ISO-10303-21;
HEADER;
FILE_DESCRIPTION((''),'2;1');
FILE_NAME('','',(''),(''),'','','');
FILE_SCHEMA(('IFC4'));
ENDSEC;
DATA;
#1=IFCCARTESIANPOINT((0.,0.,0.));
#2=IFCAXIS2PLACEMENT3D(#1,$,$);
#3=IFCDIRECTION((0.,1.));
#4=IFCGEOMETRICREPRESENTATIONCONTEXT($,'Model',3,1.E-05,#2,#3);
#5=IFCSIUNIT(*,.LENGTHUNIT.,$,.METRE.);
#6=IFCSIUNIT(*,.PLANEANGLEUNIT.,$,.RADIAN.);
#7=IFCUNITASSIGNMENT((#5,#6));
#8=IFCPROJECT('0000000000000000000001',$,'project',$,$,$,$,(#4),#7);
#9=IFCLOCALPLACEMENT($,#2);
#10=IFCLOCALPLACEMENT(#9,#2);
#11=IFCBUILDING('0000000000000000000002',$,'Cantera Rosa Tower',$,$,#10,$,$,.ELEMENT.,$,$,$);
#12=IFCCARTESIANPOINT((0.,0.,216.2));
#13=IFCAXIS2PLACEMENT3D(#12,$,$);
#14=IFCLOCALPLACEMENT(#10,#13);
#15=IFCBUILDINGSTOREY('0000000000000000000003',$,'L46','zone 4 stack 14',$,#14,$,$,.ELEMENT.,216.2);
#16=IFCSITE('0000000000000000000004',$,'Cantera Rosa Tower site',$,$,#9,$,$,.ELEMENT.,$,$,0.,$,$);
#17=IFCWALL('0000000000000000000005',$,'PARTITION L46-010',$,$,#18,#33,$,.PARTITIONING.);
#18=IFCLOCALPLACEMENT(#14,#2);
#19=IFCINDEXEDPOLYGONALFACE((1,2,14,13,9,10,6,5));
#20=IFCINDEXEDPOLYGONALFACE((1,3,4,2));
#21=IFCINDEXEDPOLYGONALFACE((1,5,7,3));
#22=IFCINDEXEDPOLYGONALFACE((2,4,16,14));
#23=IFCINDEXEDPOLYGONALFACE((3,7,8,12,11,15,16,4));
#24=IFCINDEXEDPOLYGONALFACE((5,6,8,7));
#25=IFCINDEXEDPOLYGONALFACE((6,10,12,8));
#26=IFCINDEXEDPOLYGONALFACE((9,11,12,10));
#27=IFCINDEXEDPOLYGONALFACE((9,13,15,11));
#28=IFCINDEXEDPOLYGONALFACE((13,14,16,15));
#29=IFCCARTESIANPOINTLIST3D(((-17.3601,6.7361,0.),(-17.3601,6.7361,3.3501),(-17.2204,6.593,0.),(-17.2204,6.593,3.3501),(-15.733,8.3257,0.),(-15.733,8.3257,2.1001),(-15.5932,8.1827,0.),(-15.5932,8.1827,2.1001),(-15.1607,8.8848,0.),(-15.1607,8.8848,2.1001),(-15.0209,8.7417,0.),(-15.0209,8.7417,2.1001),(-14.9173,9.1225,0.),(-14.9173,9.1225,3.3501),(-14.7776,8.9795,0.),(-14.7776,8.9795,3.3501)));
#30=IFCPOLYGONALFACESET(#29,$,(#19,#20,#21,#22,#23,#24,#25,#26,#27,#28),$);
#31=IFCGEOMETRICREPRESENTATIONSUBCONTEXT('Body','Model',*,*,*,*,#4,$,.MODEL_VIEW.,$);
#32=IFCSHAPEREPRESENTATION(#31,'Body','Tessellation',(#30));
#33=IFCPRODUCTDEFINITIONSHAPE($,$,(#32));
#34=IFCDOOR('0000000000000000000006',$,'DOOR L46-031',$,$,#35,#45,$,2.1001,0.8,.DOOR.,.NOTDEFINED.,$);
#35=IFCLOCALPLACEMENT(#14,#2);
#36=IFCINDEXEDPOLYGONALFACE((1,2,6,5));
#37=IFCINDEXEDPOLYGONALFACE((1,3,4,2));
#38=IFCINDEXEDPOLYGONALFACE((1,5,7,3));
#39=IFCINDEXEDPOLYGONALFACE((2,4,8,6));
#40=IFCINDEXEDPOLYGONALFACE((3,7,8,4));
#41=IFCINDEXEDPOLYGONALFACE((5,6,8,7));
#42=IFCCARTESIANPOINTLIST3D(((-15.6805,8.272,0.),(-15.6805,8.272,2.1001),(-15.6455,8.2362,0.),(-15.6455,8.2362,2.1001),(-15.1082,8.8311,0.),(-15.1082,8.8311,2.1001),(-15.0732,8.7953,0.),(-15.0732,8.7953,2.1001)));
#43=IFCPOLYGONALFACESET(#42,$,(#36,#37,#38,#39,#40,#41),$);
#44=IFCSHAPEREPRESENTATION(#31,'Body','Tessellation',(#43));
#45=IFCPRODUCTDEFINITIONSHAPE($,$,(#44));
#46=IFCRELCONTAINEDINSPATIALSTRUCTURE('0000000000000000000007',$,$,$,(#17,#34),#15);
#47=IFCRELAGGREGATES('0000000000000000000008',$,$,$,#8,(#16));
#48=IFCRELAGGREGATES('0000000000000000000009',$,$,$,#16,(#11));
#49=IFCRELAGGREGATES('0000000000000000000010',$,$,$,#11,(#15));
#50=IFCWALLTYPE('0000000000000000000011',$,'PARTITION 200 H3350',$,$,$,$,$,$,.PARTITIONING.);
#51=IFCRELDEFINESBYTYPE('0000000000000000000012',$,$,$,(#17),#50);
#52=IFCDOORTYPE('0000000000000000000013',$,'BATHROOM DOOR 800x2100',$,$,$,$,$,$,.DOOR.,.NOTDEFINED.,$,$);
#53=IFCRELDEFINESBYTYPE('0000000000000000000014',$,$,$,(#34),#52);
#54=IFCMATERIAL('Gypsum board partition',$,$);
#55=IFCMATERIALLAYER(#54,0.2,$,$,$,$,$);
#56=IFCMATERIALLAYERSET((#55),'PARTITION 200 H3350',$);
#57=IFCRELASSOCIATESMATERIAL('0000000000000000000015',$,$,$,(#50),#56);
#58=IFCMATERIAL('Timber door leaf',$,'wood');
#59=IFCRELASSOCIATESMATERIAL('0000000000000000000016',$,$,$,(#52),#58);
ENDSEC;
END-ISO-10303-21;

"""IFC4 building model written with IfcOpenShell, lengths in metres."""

from ifc_helpers import new_model, si_unit, direction, frame, frame_2d, origin, place, context, subcontext, project, spatial, rectangle, extrude, material, layer, layer_set, type_object, element, fill, save


model = new_model("IFC4")

# Units and contexts
model_context = context("Model", 3, precision=1e-05, world=origin(), true_north=direction((0.0, 1.0)))
body_context = subcontext(model_context, "Body", "Model", "MODEL_VIEW")
ifc_project = project(units=[si_unit("LENGTHUNIT", "METRE"), si_unit("PLANEANGLEUNIT", "RADIAN")], contexts=[model_context])

# Site, building, storey
site_placement = place(None, origin())
site = spatial("IfcSite", under=ifc_project, at=site_placement, Name="Cantera Rosa Tower site", CompositionType="ELEMENT", RefElevation=0.0)
building_placement = place(site_placement, origin())
building = spatial("IfcBuilding", under=site, at=building_placement, Name="Cantera Rosa Tower", CompositionType="ELEMENT")
storey_placement = place(building_placement, frame((0.0, 0.0, 216.2)))
storey = spatial("IfcBuildingStorey", under=building, at=storey_placement, Name="L46", Description="zone 4 stack 14", CompositionType="ELEMENT", Elevation=216.2)

# Wall, opening, door
ifc_material_1 = material(Name="Gypsum board partition")
ifc_layer_1 = layer(ifc_material_1, 0.2)
ifc_layer_set_1 = layer_set([ifc_layer_1], Name="PARTITION 200 H3350")
wall_type_1 = type_object("IfcWallType", Name="PARTITION 200 H3350", PredefinedType="PARTITIONING", material=ifc_layer_set_1)
wall_1_placement = place(storey_placement, frame((-17.2903, 6.6646, 0.0), z_axis=(0.0, 0.0, 1.0), x_axis=(0.715316, 0.698802, 0.0)))
wall_1 = element("IfcWall", 1, at=wall_1_placement, inside=storey, type_object=wall_type_1, Name="PARTITION L46-010", PredefinedType="PARTITIONING", context=body_context, shape_type="SweptSolid", body=[
    extrude(rectangle(XDim=3.415, YDim=0.2, at=frame_2d((1.7075, 0.0))), origin(), (0.0, 0.0, 1.0), 3.3501),
])
opening_1_placement = place(wall_1_placement, frame((2.2749, 0.0, 0.0)))
opening_1 = element("IfcOpeningElement", 2, at=opening_1_placement, cuts=wall_1, PredefinedType="OPENING", context=body_context, shape_type="SweptSolid", body=[
    extrude(rectangle(XDim=0.8, YDim=2.1001, at=frame_2d((0.3999, 1.05))), frame((0.0, 0.1099, 0.0), z_axis=(0.0, -1.0, 0.0), x_axis=(1.0, 0.0, 0.0)), (0.0, 0.0, 1.0), 0.22),
])
ifc_material_2 = material(Name="Timber door leaf", Category="wood")
door_type_1 = type_object("IfcDoorType", Name="BATHROOM DOOR 800x2100", OperationType="NOTDEFINED", PredefinedType="DOOR", material=ifc_material_2)
door_1_placement = place(opening_1_placement, origin())
door_1 = element("IfcDoor", 3, at=door_1_placement, inside=storey, type_object=door_type_1, Name="DOOR L46-031", OperationType="NOTDEFINED", OverallHeight=2.1001, OverallWidth=0.8, PredefinedType="DOOR", context=body_context, shape_type="SweptSolid", body=[
    extrude(rectangle(XDim=0.8, YDim=2.1001, at=frame_2d((0.3999, 1.05))), frame((0.0, 0.0249, 0.0), z_axis=(0.0, -1.0, 0.0), x_axis=(1.0, 0.0, 0.0)), (0.0, 0.0, 1.0), 0.05),
])
fill(opening_1, door_1)

save(model, "model.ifc")
